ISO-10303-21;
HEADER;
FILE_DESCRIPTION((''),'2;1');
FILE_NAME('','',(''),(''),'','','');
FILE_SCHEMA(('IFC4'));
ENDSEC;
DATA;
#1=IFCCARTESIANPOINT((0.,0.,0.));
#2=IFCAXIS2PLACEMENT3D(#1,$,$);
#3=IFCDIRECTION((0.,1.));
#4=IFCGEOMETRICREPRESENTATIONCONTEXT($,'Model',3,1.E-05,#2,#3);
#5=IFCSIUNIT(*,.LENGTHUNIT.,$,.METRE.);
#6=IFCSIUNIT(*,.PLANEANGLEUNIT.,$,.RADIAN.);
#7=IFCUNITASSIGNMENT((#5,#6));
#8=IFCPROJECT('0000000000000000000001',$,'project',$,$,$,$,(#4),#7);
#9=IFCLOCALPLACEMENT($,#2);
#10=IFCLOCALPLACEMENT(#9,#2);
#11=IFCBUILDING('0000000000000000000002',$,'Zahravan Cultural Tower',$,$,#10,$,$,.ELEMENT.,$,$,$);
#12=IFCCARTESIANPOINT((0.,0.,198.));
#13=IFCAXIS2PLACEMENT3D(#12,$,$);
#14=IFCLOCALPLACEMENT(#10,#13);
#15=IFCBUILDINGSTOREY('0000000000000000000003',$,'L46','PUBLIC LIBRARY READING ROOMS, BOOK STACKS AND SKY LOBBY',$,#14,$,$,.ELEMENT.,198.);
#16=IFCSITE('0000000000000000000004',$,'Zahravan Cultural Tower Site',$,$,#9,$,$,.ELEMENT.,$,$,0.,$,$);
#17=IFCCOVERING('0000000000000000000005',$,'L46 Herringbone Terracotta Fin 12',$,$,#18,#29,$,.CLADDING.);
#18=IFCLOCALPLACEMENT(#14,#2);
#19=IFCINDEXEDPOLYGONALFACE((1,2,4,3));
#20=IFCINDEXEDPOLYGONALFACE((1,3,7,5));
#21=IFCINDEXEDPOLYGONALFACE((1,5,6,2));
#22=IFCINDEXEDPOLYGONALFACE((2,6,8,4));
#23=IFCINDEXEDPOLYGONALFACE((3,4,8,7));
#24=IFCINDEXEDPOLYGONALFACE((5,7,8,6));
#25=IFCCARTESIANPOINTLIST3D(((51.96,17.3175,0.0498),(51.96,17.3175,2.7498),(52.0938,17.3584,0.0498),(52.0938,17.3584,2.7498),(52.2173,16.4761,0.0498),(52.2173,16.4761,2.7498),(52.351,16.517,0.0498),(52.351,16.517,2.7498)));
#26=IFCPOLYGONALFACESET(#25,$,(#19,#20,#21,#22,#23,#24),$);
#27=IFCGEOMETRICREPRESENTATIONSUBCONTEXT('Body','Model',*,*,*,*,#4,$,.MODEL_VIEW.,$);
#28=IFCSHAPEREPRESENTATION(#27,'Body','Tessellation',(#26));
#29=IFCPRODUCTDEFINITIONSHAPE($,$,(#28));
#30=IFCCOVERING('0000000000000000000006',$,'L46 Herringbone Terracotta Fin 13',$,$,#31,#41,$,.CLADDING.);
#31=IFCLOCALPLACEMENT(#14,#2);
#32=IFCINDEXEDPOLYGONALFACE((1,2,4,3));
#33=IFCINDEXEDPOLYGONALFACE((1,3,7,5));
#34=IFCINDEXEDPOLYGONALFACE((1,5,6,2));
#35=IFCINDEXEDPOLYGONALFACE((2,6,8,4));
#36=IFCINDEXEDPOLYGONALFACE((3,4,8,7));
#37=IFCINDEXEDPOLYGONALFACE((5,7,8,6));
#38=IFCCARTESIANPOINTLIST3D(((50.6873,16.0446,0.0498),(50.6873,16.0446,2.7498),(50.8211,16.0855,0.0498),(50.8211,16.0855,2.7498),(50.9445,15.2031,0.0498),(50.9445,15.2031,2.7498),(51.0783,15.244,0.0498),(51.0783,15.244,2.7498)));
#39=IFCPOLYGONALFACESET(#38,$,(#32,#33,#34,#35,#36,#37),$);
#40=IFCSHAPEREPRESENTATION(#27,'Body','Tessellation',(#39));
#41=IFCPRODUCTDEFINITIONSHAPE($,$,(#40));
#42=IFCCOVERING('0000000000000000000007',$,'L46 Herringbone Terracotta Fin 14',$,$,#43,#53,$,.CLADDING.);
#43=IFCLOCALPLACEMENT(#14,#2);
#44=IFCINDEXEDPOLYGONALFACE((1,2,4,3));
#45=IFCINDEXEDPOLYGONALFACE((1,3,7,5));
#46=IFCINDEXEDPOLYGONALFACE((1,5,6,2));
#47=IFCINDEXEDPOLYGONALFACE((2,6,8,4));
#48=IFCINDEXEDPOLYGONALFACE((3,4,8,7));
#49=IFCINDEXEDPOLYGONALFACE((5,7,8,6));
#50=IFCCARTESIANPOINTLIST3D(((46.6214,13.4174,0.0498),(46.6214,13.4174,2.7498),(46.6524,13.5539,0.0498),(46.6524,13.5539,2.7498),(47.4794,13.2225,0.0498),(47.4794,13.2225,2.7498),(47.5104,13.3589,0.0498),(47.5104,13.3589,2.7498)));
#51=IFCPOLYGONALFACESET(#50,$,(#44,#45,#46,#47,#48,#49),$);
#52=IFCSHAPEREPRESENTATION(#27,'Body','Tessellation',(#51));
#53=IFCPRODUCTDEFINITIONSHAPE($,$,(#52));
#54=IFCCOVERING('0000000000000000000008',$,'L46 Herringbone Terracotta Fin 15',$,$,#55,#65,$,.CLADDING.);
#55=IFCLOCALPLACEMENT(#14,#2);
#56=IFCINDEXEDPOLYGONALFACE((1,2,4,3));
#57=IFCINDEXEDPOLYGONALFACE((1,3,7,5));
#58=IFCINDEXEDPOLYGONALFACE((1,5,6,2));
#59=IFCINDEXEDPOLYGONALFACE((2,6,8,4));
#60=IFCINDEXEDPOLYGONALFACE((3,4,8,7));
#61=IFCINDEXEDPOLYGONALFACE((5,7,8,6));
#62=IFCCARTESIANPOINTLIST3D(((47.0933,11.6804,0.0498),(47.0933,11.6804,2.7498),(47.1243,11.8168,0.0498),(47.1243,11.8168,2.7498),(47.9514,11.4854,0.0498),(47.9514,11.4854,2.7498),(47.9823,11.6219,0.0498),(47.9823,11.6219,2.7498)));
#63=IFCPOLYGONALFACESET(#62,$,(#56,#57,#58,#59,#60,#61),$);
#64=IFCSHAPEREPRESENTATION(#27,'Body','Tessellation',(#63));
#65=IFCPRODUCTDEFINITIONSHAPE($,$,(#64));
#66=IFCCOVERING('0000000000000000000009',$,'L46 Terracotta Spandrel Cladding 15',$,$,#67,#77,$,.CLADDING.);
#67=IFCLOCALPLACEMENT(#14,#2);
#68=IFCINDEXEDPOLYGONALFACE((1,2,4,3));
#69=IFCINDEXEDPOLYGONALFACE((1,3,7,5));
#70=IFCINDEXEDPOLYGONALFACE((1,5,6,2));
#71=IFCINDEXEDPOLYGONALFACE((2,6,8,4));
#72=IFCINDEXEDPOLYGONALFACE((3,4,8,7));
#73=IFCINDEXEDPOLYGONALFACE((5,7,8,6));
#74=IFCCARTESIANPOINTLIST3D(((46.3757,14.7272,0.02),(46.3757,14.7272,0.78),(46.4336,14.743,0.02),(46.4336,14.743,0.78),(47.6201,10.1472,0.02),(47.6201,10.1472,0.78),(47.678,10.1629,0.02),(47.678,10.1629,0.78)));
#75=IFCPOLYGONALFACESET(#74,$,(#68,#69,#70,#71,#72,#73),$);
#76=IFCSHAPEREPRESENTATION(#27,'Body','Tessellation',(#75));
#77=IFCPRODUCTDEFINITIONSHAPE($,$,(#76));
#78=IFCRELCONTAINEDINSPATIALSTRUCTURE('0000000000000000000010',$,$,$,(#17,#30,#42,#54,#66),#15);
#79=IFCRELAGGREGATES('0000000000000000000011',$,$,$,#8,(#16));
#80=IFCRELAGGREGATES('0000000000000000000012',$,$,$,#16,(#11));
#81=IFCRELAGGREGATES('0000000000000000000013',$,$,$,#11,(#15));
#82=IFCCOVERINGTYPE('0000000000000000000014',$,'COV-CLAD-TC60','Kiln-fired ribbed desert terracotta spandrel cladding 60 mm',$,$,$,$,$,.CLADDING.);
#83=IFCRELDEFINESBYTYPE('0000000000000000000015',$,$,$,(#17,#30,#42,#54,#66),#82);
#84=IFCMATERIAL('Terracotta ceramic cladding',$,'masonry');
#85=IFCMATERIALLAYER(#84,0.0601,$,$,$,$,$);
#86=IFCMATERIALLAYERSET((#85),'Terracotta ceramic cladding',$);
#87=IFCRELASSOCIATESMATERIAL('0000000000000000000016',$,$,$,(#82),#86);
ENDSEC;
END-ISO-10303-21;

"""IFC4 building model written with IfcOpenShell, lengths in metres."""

from ifc_helpers import new_model, si_unit, direction, frame, origin, origin_2d, place, context, subcontext, project, spatial, rectangle, extrude, source, transform, mapped, material, layer, layer_set, type_object, element, save


model = new_model("IFC4")

# Units and contexts
model_context = context("Model", 3, precision=1e-05, world=origin(), true_north=direction((0.0, 1.0)))
body_context = subcontext(model_context, "Body", "Model", "MODEL_VIEW")
ifc_project = project(units=[si_unit("LENGTHUNIT", "METRE"), si_unit("PLANEANGLEUNIT", "RADIAN")], contexts=[model_context])

# Site, building, storey
site_placement = place(None, origin())
site = spatial("IfcSite", under=ifc_project, at=site_placement, Name="Zahravan Cultural Tower Site", CompositionType="ELEMENT", RefElevation=0.0)
building_placement = place(site_placement, origin())
building = spatial("IfcBuilding", under=site, at=building_placement, Name="Zahravan Cultural Tower", CompositionType="ELEMENT")
storey_placement = place(building_placement, frame((0.0, 0.0, 198.0)))
storey = spatial("IfcBuildingStorey", under=building, at=storey_placement, Name="L46", Description="PUBLIC LIBRARY READING ROOMS, BOOK STACKS AND SKY LOBBY", CompositionType="ELEMENT", Elevation=198.0)

# Coverings
ifc_material_1 = material(Name="Terracotta ceramic cladding", Category="masonry")
ifc_layer_1 = layer(ifc_material_1, 0.0601)
ifc_layer_set_1 = layer_set([ifc_layer_1], Name="Terracotta ceramic cladding")
covering_type = type_object("IfcCoveringType", Name="COV-CLAD-TC60", Description="Kiln-fired ribbed desert terracotta spandrel cladding 60 mm", PredefinedType="CLADDING", material=ifc_layer_set_1)
shared_shape_1 = source(origin(), body_context, "Body", "SweptSolid", [
    extrude(rectangle(XDim=0.8799, YDim=0.1399, at=origin_2d()), origin(), (0.0, 0.0, 1.0), 2.7),
])
for number, where, z_axis, x_axis, name in (
    (1, (52.1555, 16.9172, 0.0498), (0.0, 0.0, 1.0), (0.292372, -0.956305, 0.0), "L46 Herringbone Terracotta Fin 12"),
    (2, (50.8828, 15.6443, 0.0498), (0.0, 0.0, 1.0), (0.292372, -0.956305, 0.0), "L46 Herringbone Terracotta Fin 13"),
    (3, (47.0659, 13.3882, 0.0498), (0.0, 0.0, 1.0), (0.975149, -0.221548, 0.0), "L46 Herringbone Terracotta Fin 14"),
    (4, (47.5378, 11.6511, 0.0498), (0.0, 0.0, 1.0), (0.975149, -0.221548, 0.0), "L46 Herringbone Terracotta Fin 15"),
):
    element("IfcCovering", number, at=place(storey_placement, frame(where, z_axis=z_axis, x_axis=x_axis)), inside=storey, type_object=covering_type, Name=name, PredefinedType="CLADDING", context=body_context, shape_type="MappedRepresentation", body=[
        mapped(shared_shape_1, transform((0.0, 0.0, 0.0), x_axis=(1.0, 0.0, 0.0), y_axis=(0.0, 1.0, 0.0), z_axis=(0.0, 0.0, 1.0), scale=1.0)),
    ])
shared_shape_2 = source(origin(), body_context, "Body", "SweptSolid", [
    extrude(rectangle(XDim=4.7461, YDim=0.0601, at=origin_2d()), origin(), (0.0, 0.0, 1.0), 0.76),
])
covering_1_placement = place(storey_placement, frame((47.0269, 12.4451, 0.02), z_axis=(0.0, 0.0, 1.0), x_axis=(0.262189, -0.965016, 0.0)))
element("IfcCovering", 5, at=covering_1_placement, inside=storey, type_object=covering_type, Name="L46 Terracotta Spandrel Cladding 15", PredefinedType="CLADDING", context=body_context, shape_type="MappedRepresentation", body=[
    mapped(shared_shape_2, transform((0.0, 0.0, 0.0), x_axis=(1.0, 0.0, 0.0), y_axis=(0.0, 1.0, 0.0), z_axis=(0.0, 0.0, 1.0), scale=1.0)),
])

save(model, "model.ifc")
